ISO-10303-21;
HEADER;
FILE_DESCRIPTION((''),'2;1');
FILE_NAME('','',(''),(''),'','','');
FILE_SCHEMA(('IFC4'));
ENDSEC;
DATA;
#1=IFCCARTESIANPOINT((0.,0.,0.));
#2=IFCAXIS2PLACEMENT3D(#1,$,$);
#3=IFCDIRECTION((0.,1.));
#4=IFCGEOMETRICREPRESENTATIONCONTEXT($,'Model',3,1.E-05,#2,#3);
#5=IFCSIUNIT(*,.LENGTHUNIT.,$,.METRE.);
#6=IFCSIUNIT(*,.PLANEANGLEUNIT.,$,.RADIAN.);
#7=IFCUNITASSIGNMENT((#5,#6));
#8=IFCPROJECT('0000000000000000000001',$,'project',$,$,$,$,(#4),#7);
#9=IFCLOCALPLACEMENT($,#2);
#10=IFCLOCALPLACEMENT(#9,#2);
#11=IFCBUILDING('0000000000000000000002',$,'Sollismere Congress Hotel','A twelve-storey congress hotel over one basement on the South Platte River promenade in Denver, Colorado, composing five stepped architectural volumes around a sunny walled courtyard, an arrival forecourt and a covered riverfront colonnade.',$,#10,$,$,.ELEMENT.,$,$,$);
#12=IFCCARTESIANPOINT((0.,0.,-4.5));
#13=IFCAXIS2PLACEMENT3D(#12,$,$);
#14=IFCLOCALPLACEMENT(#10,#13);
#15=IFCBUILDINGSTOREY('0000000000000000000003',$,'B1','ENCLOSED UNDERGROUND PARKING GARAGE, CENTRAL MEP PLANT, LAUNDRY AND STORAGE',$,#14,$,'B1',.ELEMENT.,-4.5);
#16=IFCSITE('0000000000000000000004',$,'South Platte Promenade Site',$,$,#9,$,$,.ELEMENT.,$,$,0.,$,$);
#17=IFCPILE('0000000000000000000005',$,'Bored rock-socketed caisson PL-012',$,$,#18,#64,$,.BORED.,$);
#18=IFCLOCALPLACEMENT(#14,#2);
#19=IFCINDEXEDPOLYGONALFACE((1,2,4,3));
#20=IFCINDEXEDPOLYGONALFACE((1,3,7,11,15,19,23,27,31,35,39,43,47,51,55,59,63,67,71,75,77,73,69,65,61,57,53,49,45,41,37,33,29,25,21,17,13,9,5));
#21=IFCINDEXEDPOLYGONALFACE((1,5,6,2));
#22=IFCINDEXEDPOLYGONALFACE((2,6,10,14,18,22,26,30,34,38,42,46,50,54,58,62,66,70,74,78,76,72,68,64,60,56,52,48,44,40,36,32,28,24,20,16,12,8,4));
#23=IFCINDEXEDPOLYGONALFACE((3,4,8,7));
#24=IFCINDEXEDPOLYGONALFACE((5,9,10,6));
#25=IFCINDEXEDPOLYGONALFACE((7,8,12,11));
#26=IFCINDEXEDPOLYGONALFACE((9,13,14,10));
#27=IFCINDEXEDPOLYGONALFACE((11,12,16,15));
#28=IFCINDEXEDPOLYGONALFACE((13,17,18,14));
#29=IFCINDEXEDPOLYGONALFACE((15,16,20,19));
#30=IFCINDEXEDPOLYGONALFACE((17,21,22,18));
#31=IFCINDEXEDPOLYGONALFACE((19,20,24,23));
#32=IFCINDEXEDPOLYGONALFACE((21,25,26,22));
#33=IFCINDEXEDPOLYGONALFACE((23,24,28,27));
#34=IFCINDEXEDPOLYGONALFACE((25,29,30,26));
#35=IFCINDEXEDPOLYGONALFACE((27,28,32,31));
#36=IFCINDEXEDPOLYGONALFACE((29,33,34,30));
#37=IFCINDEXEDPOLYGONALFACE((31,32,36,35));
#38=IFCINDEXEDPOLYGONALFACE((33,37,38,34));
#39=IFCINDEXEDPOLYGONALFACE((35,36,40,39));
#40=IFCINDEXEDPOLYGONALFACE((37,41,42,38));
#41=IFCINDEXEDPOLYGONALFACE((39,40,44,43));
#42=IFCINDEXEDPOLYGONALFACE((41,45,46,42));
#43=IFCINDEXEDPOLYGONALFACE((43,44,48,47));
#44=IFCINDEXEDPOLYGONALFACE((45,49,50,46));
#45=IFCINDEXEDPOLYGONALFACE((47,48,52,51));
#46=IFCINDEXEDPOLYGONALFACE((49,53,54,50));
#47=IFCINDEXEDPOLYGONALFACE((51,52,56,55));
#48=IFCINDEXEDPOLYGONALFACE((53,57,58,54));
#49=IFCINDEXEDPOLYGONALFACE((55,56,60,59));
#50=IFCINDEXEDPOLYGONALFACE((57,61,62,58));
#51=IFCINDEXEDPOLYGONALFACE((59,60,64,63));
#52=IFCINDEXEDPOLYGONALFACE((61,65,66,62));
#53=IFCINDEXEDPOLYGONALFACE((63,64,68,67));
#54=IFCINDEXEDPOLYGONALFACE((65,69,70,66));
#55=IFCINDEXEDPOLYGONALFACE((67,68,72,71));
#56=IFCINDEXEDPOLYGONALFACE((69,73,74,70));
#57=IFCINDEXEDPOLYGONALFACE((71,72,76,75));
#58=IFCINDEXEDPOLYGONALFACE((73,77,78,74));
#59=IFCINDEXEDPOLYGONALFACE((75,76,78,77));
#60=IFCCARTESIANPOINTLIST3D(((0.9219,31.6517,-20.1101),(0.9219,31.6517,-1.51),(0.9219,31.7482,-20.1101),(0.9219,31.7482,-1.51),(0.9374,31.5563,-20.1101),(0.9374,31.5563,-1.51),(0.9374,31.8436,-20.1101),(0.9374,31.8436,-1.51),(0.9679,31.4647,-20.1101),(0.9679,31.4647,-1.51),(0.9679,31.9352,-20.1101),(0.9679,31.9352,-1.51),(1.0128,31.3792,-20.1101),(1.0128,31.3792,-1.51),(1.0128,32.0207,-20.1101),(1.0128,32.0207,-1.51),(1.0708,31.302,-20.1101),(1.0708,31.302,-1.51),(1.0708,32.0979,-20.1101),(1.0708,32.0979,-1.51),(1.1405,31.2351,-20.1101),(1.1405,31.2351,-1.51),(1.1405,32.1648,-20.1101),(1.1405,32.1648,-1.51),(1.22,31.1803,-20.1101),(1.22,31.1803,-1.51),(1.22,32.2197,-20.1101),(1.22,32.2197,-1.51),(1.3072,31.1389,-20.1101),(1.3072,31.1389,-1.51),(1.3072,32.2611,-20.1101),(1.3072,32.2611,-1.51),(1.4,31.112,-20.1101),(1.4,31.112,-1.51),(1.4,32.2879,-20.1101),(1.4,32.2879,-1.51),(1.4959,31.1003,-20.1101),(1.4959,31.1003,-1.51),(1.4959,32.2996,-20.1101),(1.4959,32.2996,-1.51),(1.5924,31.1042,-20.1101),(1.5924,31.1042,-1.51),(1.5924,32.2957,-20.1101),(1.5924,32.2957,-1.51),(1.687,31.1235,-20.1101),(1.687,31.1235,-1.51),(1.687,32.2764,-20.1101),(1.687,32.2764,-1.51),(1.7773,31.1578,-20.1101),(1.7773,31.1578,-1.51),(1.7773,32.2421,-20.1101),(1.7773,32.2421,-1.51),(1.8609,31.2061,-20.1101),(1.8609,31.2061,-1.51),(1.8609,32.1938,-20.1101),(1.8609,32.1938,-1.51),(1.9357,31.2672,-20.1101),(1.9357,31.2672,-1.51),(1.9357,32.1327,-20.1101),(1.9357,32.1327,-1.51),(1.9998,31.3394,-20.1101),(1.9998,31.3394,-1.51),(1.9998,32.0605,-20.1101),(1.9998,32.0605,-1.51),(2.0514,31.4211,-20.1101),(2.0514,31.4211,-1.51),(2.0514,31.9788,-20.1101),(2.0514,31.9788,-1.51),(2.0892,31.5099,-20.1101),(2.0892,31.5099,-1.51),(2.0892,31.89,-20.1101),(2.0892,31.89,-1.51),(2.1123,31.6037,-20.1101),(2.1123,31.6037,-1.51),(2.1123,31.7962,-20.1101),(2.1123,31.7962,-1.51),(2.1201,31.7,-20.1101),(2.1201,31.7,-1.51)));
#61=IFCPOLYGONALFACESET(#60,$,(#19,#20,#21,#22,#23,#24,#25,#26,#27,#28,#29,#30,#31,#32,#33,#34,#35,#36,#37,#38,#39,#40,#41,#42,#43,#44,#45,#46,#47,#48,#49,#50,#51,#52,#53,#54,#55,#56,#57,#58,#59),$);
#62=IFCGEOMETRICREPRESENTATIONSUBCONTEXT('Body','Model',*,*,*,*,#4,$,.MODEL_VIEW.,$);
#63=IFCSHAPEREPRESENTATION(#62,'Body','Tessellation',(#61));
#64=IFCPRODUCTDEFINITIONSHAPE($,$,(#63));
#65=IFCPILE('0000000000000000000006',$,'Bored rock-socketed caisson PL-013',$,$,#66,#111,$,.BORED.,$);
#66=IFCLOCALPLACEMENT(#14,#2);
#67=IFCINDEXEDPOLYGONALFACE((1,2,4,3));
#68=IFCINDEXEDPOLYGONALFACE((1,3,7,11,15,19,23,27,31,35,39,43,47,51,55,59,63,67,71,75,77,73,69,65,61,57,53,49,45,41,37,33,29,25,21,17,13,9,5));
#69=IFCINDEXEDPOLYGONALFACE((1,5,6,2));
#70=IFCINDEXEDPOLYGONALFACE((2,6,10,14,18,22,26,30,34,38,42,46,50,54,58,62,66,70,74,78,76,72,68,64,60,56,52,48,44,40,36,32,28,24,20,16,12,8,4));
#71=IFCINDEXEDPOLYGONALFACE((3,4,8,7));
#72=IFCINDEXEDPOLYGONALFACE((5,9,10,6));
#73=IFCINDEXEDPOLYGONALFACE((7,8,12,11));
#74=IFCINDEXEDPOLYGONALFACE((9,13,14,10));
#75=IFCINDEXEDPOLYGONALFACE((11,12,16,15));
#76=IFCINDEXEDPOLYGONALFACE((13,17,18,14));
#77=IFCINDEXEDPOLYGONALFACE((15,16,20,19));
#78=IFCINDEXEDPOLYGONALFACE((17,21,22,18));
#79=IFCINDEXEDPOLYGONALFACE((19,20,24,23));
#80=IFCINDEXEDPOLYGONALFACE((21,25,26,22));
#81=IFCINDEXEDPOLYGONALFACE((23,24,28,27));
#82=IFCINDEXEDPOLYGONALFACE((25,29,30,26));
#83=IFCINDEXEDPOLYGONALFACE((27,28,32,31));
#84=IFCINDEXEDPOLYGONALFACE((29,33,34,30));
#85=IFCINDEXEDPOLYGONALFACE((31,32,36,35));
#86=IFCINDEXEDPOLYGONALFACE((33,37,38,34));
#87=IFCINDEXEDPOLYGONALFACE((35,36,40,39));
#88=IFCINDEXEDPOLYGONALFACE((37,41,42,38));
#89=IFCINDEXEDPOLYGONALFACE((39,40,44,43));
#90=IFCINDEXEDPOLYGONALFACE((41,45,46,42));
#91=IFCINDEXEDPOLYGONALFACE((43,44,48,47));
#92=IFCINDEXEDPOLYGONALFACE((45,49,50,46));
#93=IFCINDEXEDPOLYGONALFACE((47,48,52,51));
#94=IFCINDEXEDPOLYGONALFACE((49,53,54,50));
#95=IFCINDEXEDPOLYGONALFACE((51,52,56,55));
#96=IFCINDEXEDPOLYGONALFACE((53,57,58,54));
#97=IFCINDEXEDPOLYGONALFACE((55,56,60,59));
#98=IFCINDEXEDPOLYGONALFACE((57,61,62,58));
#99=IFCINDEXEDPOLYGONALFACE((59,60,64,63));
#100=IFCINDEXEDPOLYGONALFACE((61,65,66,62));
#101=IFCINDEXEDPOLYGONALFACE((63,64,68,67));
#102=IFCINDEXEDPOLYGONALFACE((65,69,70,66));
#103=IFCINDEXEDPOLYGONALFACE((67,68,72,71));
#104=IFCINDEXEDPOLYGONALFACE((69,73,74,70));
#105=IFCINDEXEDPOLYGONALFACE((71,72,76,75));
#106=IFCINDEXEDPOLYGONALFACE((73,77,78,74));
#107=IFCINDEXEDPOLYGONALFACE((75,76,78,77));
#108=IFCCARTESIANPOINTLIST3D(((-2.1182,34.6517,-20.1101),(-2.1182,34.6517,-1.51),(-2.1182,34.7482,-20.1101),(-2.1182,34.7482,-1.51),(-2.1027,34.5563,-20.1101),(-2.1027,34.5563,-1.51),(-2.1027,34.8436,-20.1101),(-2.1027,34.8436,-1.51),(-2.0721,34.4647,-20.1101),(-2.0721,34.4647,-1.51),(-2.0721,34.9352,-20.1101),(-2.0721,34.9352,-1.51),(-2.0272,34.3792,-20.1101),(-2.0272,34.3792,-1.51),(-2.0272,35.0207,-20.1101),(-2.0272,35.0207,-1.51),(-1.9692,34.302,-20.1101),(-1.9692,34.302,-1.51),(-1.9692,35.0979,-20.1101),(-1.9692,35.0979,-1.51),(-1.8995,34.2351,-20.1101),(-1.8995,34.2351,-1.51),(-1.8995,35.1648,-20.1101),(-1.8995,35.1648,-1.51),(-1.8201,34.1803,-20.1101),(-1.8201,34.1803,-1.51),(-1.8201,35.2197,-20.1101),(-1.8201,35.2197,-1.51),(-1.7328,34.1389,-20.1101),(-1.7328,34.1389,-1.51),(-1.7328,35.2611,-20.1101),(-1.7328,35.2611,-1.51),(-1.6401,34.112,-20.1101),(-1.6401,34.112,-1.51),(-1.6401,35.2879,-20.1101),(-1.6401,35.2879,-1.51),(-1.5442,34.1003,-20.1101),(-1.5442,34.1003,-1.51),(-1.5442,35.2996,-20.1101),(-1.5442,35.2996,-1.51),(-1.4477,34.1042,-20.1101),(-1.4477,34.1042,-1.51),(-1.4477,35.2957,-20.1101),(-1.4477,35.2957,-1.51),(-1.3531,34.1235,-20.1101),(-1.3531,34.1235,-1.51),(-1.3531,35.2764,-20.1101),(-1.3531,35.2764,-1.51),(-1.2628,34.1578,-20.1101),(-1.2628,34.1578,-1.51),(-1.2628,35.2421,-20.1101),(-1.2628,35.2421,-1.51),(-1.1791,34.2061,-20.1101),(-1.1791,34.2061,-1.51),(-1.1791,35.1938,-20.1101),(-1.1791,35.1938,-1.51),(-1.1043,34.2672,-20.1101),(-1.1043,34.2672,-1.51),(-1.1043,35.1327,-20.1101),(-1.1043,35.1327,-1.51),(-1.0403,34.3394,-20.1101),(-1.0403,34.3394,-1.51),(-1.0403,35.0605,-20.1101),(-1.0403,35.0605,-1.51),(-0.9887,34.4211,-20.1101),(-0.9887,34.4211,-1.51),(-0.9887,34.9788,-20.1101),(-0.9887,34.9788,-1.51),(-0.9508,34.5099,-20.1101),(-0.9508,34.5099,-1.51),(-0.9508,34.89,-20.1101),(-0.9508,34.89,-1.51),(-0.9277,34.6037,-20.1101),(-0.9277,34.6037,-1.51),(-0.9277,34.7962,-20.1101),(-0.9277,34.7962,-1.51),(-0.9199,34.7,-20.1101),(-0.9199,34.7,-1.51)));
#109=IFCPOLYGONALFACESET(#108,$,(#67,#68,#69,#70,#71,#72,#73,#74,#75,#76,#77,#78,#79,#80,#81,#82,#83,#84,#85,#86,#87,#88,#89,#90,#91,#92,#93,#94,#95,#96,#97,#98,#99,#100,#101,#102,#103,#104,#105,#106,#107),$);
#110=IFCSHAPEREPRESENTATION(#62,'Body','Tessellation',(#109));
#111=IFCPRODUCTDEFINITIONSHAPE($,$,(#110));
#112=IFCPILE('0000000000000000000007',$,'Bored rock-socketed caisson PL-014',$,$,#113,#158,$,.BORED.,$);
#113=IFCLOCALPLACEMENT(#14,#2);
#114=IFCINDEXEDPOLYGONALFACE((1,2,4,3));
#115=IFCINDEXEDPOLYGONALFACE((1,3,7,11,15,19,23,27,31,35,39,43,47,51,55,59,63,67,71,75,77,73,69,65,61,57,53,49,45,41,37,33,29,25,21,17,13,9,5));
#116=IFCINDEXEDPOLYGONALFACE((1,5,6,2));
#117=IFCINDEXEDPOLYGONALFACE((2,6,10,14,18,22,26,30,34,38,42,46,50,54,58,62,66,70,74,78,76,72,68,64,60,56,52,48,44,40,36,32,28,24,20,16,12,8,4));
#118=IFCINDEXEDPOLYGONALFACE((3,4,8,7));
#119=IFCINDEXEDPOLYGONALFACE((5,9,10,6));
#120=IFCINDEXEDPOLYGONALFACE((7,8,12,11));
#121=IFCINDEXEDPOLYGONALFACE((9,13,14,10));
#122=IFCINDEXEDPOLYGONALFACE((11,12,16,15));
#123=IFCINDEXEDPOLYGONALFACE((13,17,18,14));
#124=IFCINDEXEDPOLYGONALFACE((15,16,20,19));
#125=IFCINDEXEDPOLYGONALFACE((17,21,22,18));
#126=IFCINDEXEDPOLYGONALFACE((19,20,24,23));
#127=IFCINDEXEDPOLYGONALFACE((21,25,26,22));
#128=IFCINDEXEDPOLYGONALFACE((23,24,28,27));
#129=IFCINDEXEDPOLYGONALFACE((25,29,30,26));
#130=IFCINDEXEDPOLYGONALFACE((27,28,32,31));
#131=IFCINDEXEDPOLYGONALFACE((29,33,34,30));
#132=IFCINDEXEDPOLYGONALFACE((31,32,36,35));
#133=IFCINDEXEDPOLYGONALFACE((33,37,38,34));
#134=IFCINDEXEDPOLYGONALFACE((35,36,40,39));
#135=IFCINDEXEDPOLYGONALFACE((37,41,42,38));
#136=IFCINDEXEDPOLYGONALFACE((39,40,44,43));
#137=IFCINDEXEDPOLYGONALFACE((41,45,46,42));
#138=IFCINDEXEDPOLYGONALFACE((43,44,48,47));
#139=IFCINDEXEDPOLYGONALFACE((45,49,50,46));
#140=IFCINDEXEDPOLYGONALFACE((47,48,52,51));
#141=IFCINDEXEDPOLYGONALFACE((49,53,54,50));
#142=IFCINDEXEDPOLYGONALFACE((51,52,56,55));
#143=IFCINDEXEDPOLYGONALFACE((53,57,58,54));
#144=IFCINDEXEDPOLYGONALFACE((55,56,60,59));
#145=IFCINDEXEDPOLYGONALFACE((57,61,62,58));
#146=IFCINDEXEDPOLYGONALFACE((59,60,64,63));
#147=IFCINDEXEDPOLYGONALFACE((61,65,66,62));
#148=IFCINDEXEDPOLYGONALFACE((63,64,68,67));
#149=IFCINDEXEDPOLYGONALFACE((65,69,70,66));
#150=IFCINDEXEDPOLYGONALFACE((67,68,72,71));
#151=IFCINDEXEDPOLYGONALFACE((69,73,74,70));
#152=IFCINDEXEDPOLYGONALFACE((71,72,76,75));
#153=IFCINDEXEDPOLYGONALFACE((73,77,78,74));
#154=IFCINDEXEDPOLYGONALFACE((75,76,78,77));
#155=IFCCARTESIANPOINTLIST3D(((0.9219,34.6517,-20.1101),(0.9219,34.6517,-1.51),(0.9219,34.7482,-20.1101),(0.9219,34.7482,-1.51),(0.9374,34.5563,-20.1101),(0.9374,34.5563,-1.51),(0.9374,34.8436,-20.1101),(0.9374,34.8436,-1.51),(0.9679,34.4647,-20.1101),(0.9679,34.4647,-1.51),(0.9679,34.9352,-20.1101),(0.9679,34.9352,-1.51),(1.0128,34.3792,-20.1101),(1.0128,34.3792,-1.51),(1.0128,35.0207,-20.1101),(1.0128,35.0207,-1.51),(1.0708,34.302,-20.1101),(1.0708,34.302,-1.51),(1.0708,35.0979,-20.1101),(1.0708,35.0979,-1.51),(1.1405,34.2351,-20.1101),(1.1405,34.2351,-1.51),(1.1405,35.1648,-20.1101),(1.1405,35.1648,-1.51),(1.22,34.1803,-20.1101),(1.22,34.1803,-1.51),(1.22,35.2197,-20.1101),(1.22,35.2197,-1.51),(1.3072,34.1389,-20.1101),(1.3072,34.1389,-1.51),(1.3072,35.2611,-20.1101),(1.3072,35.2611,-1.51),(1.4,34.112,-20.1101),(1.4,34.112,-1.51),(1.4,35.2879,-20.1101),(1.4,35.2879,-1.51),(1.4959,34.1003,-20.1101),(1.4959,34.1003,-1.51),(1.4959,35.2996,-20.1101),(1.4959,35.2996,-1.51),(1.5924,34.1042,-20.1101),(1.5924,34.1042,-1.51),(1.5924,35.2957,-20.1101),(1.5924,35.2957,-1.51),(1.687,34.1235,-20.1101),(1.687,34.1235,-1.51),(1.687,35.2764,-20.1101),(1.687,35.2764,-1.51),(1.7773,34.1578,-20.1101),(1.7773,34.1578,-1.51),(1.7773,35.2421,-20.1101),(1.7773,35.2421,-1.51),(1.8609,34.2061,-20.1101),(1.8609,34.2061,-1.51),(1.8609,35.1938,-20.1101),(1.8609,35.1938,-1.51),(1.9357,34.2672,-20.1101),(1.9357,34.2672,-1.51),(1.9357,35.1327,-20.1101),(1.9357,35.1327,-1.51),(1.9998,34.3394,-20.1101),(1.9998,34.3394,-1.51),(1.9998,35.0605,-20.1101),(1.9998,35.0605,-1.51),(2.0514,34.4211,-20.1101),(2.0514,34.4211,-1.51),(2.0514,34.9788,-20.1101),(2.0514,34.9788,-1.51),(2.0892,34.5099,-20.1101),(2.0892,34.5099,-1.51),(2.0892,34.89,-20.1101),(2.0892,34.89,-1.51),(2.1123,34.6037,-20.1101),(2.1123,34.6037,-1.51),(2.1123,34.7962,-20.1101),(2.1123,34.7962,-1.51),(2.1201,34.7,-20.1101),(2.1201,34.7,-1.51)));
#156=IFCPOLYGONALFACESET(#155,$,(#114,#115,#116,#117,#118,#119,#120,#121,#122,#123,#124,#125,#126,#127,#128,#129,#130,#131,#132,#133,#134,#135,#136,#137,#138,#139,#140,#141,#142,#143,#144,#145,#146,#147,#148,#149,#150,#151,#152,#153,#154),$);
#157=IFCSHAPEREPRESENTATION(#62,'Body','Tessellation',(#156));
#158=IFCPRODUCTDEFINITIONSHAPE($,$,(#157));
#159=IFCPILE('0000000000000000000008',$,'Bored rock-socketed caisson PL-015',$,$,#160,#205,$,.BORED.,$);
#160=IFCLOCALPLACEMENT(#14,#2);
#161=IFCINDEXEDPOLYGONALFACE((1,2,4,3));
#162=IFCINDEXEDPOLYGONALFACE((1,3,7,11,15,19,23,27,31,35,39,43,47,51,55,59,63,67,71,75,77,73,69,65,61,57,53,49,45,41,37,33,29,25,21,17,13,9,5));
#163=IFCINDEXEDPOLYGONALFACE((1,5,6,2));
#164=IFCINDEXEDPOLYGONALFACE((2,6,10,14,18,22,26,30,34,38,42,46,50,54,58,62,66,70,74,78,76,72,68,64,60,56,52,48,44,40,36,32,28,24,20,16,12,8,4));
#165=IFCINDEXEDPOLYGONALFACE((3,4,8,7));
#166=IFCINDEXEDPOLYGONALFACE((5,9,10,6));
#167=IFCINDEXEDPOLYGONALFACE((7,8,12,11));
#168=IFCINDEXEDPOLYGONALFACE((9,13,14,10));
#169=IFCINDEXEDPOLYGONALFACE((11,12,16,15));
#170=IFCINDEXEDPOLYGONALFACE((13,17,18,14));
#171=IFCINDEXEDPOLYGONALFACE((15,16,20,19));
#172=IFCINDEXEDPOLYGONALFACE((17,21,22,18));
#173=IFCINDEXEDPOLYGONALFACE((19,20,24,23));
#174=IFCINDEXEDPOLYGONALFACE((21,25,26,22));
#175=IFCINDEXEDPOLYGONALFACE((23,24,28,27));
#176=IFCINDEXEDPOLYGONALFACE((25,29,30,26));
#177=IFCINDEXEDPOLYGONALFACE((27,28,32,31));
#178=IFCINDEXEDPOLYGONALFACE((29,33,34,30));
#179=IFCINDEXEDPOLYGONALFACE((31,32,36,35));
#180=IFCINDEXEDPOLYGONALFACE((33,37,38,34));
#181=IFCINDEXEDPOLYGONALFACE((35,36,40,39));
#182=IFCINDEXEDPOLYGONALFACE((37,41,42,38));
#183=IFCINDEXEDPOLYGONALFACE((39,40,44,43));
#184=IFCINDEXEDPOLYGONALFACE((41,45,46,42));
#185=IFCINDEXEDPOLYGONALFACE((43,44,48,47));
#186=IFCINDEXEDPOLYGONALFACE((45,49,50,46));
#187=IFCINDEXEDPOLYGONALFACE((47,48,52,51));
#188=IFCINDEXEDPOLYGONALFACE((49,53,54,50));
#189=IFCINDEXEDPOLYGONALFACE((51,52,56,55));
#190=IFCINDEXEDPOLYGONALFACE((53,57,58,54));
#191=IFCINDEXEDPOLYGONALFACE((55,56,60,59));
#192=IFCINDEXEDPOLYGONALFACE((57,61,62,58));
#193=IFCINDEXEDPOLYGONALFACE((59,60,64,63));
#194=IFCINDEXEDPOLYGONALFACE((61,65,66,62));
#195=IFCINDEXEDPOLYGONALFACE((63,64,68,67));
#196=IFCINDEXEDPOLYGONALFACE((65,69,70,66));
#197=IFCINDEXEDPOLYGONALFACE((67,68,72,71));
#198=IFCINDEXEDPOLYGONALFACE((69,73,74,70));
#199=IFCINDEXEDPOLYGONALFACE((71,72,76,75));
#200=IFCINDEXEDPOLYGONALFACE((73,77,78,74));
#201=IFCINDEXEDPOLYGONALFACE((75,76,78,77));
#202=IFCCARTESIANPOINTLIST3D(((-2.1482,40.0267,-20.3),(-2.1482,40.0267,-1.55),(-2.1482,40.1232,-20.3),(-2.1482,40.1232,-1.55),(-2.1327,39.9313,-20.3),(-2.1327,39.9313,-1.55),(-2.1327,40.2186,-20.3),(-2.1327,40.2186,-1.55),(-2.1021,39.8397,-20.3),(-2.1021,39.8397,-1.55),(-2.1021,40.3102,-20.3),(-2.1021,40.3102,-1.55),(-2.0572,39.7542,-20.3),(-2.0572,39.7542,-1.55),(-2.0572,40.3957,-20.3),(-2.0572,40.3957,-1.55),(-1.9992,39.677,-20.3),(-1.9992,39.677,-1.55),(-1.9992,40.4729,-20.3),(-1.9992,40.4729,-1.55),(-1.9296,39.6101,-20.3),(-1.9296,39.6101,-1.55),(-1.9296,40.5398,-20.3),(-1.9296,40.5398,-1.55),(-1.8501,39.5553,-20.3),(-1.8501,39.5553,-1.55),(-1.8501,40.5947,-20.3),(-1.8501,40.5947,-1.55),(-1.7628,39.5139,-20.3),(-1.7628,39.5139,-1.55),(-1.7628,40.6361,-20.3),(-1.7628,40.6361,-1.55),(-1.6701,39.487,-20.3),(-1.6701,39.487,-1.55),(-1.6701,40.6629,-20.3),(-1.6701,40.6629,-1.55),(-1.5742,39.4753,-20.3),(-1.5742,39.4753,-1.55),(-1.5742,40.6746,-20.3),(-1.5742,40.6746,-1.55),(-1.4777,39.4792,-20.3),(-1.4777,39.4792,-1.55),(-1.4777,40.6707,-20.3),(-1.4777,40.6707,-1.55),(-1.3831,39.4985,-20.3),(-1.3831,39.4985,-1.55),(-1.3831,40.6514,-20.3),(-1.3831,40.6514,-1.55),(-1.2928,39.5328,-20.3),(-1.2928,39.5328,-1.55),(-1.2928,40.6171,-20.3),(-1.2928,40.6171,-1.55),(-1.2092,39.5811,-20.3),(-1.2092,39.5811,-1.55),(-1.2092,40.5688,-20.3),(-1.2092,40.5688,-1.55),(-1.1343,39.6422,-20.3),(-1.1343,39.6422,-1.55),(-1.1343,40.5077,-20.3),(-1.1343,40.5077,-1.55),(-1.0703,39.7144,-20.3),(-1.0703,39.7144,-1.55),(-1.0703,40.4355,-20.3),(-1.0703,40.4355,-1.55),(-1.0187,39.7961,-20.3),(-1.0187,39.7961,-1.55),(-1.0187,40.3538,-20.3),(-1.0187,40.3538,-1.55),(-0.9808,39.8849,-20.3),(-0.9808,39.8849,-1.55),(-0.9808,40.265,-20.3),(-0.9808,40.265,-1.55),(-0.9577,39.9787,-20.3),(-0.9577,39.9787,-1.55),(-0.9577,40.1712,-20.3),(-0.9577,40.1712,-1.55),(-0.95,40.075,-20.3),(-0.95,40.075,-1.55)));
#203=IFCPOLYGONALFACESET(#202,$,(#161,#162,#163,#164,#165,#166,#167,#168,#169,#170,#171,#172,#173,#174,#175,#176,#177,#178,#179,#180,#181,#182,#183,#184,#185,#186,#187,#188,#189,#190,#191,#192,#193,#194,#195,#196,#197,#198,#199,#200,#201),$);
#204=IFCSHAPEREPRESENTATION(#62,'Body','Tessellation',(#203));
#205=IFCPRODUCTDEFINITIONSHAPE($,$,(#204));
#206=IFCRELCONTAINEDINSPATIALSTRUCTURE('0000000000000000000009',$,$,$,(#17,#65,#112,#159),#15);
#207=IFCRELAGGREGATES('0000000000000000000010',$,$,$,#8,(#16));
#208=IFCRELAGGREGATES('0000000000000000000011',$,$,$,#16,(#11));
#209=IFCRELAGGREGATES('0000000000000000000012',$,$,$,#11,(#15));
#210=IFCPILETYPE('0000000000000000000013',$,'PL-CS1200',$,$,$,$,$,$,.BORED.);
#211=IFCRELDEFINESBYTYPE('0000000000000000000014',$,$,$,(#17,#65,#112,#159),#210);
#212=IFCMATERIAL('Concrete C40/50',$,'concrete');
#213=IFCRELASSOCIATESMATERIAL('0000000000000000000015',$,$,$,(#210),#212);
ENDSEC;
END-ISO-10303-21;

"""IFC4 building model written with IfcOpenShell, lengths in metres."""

from ifc_helpers import new_model, si_unit, direction, frame, origin, origin_2d, place, context, subcontext, project, spatial, circle, extrude, material, material_profile, profile_set, type_object, element, save


model = new_model("IFC4")

# Units and contexts
model_context = context("Model", 3, precision=1e-05, world=origin(), true_north=direction((0.0, 1.0)))
body_context = subcontext(model_context, "Body", "Model", "MODEL_VIEW")
ifc_project = project(units=[si_unit("LENGTHUNIT", "METRE"), si_unit("PLANEANGLEUNIT", "RADIAN")], contexts=[model_context])

# Site, building, storey
site_placement = place(None, origin())
site = spatial("IfcSite", under=ifc_project, at=site_placement, Name="South Platte Promenade Site", CompositionType="ELEMENT", RefElevation=0.0)
building_placement = place(site_placement, origin())
building = spatial("IfcBuilding", under=site, at=building_placement, Name="Sollismere Congress Hotel", Description="A twelve-storey congress hotel over one basement on the South Platte River promenade in Denver, Colorado, composing five stepped architectural volumes around a sunny walled courtyard, an arrival forecourt and a covered riverfront colonnade.", CompositionType="ELEMENT")
storey_placement = place(building_placement, frame((0.0, 0.0, -4.5)))
storey = spatial("IfcBuildingStorey", under=building, at=storey_placement, Name="B1", Description="ENCLOSED UNDERGROUND PARKING GARAGE, CENTRAL MEP PLANT, LAUNDRY AND STORAGE", LongName="B1", CompositionType="ELEMENT", Elevation=-4.5)

# Shared definitions
ifc_material_1 = material(Name="Concrete C40/50", Category="concrete")

# Piles
ifc_material_profile_1 = material_profile(ifc_material_1, circle(Radius=0.6001, at=origin_2d()), Name="CAISSON1200")
ifc_profile_set_1 = profile_set([ifc_material_profile_1], Name="Concrete C40/50")
pile_type = type_object("IfcPileType", Name="PL-CS1200", PredefinedType="BORED", material=ifc_profile_set_1)
for number, where, z_axis, x_axis, name in (
    (1, (1.52, 31.7, -1.51), (0.0, 0.0, -1.0), (1.0, 0.0, 0.0), "Bored rock-socketed caisson PL-012"),
    (2, (-1.52, 34.7, -1.51), (0.0, 0.0, -1.0), (1.0, 0.0, 0.0), "Bored rock-socketed caisson PL-013"),
    (3, (1.52, 34.7, -1.51), (0.0, 0.0, -1.0), (1.0, 0.0, 0.0), "Bored rock-socketed caisson PL-014"),
):
    element("IfcPile", number, at=place(storey_placement, frame(where, z_axis=z_axis, x_axis=x_axis)), inside=storey, type_object=pile_type, Name=name, PredefinedType="BORED", context=body_context, shape_type="SweptSolid", body=[
        extrude(circle(Radius=0.6001, at=origin_2d()), origin(), (0.0, 0.0, 1.0), 18.6001),
    ])
pile_placement = place(storey_placement, frame((-1.55, 40.075, -1.55), z_axis=(0.0, 0.0, -1.0), x_axis=(1.0, 0.0, 0.0)))
element("IfcPile", 4, at=pile_placement, inside=storey, type_object=pile_type, Name="Bored rock-socketed caisson PL-015", PredefinedType="BORED", context=body_context, shape_type="SweptSolid", body=[
    extrude(circle(Radius=0.6001, at=origin_2d()), origin(), (0.0, 0.0, 1.0), 18.75),
])

save(model, "model.ifc")
